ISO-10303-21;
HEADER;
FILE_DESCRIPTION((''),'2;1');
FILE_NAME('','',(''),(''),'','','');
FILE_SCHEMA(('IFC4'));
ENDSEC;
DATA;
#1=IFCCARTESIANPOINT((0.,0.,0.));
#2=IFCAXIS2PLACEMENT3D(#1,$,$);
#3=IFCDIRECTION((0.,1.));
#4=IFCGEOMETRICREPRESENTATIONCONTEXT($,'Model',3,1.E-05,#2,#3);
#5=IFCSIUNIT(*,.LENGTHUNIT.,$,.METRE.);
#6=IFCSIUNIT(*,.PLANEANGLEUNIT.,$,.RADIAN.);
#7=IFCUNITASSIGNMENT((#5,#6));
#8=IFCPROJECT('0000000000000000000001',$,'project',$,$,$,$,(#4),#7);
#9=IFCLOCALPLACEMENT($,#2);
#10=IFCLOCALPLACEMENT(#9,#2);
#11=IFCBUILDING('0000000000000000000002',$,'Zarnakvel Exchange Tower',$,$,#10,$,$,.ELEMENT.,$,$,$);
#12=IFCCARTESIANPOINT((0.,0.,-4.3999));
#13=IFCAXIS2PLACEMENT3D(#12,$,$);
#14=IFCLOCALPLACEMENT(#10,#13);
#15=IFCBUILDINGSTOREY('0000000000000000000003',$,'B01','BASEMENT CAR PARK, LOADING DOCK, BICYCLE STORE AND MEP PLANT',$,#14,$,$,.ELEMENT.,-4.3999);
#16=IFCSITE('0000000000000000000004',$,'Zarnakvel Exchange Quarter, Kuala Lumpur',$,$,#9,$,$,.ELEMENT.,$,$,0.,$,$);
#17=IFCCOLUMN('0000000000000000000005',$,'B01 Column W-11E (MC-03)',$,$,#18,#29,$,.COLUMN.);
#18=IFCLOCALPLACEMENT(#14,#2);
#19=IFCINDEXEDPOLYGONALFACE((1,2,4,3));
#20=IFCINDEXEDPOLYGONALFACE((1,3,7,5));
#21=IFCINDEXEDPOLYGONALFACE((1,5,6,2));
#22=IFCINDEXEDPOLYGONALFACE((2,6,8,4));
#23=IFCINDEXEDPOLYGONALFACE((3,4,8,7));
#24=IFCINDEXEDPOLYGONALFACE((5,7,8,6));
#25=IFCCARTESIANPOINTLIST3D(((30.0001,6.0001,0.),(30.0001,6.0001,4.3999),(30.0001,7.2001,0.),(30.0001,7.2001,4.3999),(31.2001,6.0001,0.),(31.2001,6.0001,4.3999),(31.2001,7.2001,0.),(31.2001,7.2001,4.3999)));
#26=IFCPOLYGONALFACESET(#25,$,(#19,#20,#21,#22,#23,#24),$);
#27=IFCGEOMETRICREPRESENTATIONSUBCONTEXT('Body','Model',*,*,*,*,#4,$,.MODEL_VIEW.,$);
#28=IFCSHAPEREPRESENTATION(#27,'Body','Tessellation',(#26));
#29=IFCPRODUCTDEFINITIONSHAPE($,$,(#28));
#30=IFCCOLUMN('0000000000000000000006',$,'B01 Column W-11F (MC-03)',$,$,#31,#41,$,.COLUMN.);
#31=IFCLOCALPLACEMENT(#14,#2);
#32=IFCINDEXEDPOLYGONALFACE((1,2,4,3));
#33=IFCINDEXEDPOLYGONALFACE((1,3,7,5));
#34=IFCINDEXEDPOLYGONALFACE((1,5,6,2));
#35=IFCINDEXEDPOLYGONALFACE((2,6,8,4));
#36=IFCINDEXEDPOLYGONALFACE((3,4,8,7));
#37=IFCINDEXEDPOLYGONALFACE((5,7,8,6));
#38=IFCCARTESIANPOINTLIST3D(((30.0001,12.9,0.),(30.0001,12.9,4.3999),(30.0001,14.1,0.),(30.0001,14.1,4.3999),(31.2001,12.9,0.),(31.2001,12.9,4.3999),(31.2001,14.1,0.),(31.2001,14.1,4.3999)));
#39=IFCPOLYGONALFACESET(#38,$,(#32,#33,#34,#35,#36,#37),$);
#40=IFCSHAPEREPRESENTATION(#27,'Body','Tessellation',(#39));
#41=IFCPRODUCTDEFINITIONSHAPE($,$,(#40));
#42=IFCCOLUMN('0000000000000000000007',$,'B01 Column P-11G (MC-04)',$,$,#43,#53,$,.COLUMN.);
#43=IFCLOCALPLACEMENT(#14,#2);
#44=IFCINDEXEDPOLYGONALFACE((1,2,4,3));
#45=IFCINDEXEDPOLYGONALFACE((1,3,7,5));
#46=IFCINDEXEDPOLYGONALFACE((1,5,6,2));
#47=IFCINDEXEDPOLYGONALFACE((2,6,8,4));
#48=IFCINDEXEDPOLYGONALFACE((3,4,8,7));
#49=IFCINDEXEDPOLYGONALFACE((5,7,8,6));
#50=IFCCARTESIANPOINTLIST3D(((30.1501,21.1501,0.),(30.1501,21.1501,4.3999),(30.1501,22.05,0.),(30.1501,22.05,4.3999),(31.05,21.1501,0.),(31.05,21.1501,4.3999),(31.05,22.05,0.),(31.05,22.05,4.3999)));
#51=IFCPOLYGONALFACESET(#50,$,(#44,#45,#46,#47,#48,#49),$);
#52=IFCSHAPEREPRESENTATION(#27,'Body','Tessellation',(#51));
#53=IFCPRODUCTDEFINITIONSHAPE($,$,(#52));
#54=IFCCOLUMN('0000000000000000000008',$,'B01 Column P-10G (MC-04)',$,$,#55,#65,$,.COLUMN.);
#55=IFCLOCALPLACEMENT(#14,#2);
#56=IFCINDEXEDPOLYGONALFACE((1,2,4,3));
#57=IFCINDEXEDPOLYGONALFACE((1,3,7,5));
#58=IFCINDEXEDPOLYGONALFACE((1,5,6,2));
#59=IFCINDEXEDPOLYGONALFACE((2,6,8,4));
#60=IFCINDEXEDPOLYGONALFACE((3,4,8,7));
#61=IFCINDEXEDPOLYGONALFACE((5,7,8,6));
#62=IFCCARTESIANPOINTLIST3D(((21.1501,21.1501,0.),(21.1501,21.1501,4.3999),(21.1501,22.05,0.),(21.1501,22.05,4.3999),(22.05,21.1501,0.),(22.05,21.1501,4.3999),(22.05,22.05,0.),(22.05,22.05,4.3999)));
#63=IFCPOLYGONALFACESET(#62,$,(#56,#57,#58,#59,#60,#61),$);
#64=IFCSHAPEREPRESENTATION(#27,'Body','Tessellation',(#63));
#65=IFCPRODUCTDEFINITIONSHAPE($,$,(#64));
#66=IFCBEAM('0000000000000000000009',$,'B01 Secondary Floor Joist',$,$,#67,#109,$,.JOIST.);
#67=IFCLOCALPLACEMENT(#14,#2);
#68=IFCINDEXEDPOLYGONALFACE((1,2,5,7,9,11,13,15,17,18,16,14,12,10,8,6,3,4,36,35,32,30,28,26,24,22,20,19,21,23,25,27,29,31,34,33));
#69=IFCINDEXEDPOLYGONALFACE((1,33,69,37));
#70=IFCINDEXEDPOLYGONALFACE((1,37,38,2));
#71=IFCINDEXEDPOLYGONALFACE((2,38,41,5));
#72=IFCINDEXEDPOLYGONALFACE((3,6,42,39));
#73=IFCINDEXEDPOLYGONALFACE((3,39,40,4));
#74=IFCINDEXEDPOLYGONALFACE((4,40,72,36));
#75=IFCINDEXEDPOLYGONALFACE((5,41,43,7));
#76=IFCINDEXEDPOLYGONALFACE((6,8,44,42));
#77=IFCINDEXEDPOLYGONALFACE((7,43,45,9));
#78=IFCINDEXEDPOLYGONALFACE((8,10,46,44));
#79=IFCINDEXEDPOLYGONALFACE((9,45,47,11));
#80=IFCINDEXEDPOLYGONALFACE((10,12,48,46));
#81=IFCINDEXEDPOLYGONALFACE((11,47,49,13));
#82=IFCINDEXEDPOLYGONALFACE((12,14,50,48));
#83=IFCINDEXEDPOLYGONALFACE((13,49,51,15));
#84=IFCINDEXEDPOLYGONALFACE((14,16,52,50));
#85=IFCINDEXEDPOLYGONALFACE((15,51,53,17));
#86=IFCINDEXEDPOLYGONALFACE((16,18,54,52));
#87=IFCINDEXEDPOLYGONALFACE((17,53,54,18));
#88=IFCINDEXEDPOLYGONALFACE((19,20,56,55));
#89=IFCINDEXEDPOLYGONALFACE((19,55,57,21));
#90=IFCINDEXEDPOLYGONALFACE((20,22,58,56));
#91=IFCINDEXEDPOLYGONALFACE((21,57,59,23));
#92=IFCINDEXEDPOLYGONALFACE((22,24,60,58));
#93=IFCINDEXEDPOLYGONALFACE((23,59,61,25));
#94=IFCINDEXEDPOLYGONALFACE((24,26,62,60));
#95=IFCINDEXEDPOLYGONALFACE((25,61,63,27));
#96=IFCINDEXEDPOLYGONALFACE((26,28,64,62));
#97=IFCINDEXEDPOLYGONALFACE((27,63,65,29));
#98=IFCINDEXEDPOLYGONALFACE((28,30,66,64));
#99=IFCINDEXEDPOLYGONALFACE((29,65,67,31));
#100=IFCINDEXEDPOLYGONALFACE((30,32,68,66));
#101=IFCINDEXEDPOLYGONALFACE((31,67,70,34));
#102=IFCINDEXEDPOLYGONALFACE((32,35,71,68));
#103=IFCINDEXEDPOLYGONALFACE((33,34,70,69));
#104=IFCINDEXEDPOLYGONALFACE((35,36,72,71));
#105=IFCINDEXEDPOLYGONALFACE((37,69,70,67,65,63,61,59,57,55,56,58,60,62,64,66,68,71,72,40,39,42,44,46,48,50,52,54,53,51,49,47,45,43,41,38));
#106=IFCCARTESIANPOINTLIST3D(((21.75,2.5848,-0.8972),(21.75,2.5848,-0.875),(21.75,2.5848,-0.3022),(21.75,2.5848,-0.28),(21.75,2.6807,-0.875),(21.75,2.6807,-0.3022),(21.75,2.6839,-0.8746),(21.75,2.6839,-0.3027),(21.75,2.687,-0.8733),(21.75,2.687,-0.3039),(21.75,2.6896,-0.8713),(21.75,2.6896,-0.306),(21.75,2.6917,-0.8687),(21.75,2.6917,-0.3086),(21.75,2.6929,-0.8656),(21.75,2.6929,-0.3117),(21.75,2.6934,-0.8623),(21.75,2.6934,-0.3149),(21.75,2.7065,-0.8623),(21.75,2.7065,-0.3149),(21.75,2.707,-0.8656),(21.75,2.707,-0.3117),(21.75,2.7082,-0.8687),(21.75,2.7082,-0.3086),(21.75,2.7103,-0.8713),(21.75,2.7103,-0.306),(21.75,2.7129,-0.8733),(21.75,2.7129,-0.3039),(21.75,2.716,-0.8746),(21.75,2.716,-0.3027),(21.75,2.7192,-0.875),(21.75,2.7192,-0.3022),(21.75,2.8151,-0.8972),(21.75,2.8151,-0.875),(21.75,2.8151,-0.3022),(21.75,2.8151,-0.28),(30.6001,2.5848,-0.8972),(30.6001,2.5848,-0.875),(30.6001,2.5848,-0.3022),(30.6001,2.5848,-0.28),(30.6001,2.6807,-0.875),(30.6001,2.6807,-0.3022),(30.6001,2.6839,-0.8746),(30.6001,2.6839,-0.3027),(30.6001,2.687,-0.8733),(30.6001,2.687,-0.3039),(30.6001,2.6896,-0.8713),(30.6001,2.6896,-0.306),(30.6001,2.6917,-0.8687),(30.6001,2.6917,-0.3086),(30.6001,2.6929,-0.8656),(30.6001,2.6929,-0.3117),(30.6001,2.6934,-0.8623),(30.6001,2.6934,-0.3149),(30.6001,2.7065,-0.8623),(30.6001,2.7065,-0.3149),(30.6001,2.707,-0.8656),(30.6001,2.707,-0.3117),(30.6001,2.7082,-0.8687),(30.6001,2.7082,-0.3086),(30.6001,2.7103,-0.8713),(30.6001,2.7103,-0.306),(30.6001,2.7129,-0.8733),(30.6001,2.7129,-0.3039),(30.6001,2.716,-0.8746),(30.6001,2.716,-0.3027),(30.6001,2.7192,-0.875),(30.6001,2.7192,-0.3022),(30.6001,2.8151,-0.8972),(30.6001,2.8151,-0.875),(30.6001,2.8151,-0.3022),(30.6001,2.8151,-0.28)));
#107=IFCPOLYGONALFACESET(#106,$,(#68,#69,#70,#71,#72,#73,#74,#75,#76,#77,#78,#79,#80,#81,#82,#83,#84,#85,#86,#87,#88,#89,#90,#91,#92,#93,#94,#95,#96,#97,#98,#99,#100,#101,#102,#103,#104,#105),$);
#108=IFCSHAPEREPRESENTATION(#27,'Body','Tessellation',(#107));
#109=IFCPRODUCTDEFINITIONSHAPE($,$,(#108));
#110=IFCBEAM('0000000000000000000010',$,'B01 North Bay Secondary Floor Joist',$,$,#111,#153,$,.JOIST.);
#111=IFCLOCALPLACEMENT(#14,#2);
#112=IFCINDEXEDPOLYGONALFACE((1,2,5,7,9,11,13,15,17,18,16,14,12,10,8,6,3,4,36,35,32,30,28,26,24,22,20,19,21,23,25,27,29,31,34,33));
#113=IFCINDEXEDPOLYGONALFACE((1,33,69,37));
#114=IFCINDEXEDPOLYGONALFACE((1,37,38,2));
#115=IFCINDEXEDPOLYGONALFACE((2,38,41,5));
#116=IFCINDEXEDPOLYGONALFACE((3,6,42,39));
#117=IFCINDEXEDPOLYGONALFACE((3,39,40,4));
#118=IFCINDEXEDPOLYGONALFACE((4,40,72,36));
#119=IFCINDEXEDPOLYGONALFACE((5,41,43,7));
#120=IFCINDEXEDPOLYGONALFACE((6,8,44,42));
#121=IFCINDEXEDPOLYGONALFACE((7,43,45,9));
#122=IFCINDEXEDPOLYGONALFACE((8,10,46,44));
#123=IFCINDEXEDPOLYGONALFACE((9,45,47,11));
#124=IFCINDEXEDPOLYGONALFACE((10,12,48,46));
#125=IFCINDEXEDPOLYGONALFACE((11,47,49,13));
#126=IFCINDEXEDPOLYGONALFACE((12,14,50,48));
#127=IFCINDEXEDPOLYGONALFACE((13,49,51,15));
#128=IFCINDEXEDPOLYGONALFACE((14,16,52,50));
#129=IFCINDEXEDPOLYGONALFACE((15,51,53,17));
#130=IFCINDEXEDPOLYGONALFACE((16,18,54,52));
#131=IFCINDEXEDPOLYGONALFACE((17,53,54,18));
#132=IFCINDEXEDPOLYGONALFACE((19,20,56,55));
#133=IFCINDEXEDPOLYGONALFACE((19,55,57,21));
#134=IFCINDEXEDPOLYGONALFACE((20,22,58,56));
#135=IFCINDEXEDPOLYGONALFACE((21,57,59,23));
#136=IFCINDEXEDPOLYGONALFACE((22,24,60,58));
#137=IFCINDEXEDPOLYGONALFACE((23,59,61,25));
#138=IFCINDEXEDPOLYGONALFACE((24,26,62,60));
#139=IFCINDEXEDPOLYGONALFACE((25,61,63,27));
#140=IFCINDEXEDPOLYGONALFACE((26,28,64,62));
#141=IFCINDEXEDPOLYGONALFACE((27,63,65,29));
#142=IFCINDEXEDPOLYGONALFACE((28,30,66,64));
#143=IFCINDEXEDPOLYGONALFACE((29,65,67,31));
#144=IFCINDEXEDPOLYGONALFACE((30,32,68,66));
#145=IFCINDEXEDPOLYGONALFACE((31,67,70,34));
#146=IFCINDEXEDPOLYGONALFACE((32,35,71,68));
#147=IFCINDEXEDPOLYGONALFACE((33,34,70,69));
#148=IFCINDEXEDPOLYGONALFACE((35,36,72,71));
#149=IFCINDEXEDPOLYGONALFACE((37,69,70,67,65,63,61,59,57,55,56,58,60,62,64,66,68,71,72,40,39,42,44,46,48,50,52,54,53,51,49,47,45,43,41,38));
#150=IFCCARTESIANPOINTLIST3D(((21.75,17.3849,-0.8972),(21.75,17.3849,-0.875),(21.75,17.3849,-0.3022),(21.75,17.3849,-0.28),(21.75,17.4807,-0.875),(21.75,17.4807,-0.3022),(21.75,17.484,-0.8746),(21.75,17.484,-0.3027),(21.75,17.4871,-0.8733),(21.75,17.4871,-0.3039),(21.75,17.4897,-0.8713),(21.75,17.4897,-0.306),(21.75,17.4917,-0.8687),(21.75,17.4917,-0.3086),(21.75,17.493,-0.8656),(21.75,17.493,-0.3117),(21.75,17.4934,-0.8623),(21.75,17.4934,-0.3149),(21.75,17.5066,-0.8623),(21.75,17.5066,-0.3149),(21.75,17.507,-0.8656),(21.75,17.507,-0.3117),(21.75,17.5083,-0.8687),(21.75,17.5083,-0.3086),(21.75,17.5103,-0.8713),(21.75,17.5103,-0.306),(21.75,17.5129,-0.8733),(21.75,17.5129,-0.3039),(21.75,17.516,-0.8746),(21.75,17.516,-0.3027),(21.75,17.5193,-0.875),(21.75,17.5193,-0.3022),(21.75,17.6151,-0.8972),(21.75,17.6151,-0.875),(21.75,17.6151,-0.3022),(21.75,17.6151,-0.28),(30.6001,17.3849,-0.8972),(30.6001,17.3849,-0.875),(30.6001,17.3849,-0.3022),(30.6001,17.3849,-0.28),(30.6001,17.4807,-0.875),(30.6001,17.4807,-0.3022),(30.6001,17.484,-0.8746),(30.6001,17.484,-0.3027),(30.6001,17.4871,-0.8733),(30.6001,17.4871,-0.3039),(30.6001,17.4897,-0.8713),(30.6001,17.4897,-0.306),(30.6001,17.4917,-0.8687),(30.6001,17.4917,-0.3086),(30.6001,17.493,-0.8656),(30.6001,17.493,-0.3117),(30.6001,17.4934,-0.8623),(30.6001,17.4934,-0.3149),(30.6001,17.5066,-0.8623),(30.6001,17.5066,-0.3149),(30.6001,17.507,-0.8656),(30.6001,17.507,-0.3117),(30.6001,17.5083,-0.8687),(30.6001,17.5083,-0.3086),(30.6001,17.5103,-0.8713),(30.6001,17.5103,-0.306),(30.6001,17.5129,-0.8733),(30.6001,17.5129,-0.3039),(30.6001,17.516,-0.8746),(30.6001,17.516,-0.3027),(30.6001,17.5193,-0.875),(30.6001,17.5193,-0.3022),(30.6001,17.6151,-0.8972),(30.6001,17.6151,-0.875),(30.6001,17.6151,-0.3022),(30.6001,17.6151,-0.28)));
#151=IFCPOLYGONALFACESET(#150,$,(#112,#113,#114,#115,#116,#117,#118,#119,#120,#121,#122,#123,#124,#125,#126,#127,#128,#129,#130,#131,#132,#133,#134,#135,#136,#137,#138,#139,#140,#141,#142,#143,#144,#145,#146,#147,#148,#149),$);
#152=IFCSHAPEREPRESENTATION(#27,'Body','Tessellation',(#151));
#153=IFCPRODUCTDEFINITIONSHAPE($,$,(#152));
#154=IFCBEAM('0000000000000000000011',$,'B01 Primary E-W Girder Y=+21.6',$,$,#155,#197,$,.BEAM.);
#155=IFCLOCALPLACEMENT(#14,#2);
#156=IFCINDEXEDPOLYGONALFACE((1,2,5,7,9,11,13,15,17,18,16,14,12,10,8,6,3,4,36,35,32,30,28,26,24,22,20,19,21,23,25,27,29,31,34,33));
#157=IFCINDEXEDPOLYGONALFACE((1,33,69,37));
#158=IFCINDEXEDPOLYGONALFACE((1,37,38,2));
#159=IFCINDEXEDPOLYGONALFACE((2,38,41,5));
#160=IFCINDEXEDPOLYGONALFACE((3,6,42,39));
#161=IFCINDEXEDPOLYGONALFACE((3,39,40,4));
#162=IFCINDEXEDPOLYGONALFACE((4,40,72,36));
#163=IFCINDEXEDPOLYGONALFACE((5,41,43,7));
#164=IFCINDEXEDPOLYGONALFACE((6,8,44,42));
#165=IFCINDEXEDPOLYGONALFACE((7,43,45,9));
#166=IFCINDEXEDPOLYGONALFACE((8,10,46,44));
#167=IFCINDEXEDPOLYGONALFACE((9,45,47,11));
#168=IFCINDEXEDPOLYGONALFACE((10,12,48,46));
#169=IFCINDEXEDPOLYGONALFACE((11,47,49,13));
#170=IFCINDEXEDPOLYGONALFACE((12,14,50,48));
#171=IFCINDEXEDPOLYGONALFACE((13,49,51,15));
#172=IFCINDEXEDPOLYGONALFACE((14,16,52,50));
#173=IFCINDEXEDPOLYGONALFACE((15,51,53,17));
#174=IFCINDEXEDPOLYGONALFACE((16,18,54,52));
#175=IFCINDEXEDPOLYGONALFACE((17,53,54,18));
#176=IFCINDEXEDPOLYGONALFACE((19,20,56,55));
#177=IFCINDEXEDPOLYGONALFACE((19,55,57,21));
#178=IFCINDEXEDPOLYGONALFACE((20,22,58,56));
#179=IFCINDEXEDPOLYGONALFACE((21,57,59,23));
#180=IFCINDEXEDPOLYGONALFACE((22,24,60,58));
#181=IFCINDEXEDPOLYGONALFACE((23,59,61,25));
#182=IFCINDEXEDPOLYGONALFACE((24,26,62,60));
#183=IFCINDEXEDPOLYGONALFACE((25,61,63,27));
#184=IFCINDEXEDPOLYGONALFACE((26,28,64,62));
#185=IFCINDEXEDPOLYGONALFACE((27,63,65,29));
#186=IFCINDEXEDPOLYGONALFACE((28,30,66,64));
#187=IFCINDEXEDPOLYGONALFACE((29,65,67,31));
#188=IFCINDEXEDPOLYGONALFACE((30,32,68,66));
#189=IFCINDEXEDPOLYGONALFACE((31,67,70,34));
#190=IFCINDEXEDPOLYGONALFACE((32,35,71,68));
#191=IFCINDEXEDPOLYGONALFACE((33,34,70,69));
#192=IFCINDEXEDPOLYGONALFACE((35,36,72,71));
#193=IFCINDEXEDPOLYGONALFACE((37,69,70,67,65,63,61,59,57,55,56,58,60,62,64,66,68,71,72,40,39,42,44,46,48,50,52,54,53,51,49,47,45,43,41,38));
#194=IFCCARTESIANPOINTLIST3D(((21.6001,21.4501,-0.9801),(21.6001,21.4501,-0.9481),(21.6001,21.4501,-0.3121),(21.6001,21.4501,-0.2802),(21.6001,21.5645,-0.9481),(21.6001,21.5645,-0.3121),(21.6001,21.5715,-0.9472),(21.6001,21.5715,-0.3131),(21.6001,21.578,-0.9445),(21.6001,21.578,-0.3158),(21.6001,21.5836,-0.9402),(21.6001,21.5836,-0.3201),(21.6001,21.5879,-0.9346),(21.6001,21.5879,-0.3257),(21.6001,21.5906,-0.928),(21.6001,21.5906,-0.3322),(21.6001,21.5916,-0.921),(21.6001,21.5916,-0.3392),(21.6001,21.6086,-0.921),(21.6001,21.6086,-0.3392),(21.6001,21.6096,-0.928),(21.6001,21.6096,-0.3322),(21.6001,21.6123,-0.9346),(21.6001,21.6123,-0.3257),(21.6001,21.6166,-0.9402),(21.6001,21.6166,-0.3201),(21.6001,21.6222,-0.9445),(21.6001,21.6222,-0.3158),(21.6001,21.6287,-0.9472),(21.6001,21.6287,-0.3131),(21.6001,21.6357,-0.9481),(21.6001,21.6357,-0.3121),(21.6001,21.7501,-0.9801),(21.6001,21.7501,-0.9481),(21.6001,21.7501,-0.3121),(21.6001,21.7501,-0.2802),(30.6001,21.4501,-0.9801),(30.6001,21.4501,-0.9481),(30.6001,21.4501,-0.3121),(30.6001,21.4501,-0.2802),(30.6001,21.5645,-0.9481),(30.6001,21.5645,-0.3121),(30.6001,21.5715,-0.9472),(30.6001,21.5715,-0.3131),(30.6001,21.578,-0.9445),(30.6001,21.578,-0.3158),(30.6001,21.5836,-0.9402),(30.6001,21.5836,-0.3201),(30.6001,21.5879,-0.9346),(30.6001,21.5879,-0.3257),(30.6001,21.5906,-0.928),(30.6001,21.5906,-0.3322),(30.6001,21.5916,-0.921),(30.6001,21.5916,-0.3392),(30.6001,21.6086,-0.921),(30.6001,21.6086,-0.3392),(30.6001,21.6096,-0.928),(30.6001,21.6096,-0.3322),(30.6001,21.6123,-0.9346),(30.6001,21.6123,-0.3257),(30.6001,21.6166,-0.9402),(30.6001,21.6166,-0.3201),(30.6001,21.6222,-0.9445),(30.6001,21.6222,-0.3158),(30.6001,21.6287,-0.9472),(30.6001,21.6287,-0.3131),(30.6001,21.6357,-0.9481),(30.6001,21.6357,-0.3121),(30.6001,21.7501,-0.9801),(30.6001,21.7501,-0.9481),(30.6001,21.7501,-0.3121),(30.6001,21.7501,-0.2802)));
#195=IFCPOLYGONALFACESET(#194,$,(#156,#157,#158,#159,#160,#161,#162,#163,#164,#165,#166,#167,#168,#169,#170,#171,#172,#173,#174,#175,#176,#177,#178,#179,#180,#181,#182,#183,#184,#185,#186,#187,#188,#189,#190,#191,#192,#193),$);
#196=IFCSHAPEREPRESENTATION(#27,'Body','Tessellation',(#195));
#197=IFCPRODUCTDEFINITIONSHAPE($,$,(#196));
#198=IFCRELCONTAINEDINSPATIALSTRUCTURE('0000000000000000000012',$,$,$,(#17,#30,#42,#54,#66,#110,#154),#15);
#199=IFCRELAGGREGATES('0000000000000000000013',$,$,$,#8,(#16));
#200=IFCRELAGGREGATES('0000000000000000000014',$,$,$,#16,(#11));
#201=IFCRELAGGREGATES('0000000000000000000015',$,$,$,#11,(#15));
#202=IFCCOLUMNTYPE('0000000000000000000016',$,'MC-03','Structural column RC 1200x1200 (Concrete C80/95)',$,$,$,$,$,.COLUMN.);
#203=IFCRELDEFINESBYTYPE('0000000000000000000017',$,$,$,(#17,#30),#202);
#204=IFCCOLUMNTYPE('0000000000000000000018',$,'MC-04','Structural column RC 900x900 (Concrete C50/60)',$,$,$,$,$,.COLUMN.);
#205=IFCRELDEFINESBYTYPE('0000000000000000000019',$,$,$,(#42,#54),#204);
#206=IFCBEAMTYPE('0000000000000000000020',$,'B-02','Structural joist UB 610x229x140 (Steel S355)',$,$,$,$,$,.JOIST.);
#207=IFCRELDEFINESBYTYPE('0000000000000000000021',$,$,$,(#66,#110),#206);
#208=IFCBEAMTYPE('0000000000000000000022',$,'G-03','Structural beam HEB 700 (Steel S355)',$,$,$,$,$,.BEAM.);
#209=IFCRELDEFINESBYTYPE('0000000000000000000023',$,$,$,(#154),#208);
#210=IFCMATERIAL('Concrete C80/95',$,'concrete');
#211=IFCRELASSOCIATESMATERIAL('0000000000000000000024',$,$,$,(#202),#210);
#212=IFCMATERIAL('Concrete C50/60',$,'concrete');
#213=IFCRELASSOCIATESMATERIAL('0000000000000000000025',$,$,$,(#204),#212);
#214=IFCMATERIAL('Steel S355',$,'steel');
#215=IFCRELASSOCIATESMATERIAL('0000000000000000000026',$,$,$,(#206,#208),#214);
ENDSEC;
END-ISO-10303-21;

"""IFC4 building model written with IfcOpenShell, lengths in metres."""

from ifc_helpers import new_model, si_unit, direction, frame, origin, origin_2d, place, context, subcontext, project, spatial, rectangle, i_section, extrude, material, material_profile, profile_set, type_object, element, save


model = new_model("IFC4")

# Units and contexts
model_context = context("Model", 3, precision=1e-05, world=origin(), true_north=direction((0.0, 1.0)))
body_context = subcontext(model_context, "Body", "Model", "MODEL_VIEW")
ifc_project = project(units=[si_unit("LENGTHUNIT", "METRE"), si_unit("PLANEANGLEUNIT", "RADIAN")], contexts=[model_context])

# Site, building, storey
site_placement = place(None, origin())
site = spatial("IfcSite", under=ifc_project, at=site_placement, Name="Zarnakvel Exchange Quarter, Kuala Lumpur", CompositionType="ELEMENT", RefElevation=0.0)
building_placement = place(site_placement, origin())
building = spatial("IfcBuilding", under=site, at=building_placement, Name="Zarnakvel Exchange Tower", CompositionType="ELEMENT")
storey_placement = place(building_placement, frame((0.0, 0.0, -4.3999)))
storey = spatial("IfcBuildingStorey", under=building, at=storey_placement, Name="B01", Description="BASEMENT CAR PARK, LOADING DOCK, BICYCLE STORE AND MEP PLANT", CompositionType="ELEMENT", Elevation=-4.3999)

# Columns
ifc_material_1 = material(Name="Concrete C80/95", Category="concrete")
ifc_material_profile_1 = material_profile(ifc_material_1, rectangle(XDim=1.2, YDim=1.2, at=origin_2d()))
ifc_profile_set_1 = profile_set([ifc_material_profile_1], Name="Concrete C80/95")
column_type_1 = type_object("IfcColumnType", Name="MC-03", Description="Structural column RC 1200x1200 (Concrete C80/95)", PredefinedType="COLUMN", material=ifc_profile_set_1)
for number, where, z_axis, x_axis, name in (
    (1, (30.6001, 6.6001, 0.0), (0.0, 0.0, 1.0), (1.0, 0.0, 0.0), "B01 Column W-11E (MC-03)"),
    (2, (30.6001, 13.5, 0.0), (0.0, 0.0, 1.0), (1.0, 0.0, 0.0), "B01 Column W-11F (MC-03)"),
):
    element("IfcColumn", number, at=place(storey_placement, frame(where, z_axis=z_axis, x_axis=x_axis)), inside=storey, type_object=column_type_1, Name=name, PredefinedType="COLUMN", context=body_context, shape_type="SweptSolid", body=[
        extrude(rectangle(XDim=1.2, YDim=1.2, at=origin_2d()), origin(), (0.0, 0.0, 1.0), 4.3999),
    ])
ifc_material_2 = material(Name="Concrete C50/60", Category="concrete")
ifc_material_profile_2 = material_profile(ifc_material_2, rectangle(XDim=0.8999, YDim=0.8999, at=origin_2d()))
ifc_profile_set_2 = profile_set([ifc_material_profile_2], Name="Concrete C50/60")
column_type_2 = type_object("IfcColumnType", Name="MC-04", Description="Structural column RC 900x900 (Concrete C50/60)", PredefinedType="COLUMN", material=ifc_profile_set_2)
for number, where, z_axis, x_axis, name in (
    (3, (30.6001, 21.6001, 0.0), (0.0, 0.0, 1.0), (1.0, 0.0, 0.0), "B01 Column P-11G (MC-04)"),
    (4, (21.6001, 21.6001, 0.0), (0.0, 0.0, 1.0), (1.0, 0.0, 0.0), "B01 Column P-10G (MC-04)"),
):
    element("IfcColumn", number, at=place(storey_placement, frame(where, z_axis=z_axis, x_axis=x_axis)), inside=storey, type_object=column_type_2, Name=name, PredefinedType="COLUMN", context=body_context, shape_type="SweptSolid", body=[
        extrude(rectangle(XDim=0.8999, YDim=0.8999, at=origin_2d()), origin(), (0.0, 0.0, 1.0), 4.3999),
    ])

# Beams
ifc_material_3 = material(Name="Steel S355", Category="steel")
ifc_material_profile_3 = material_profile(ifc_material_3, i_section(OverallWidth=0.2302, OverallDepth=0.6172, WebThickness=0.0132, FlangeThickness=0.0222, FilletRadius=0.0127, at=origin_2d()))
ifc_profile_set_3 = profile_set([ifc_material_profile_3], Name="Steel S355")
beam_type_1 = type_object("IfcBeamType", Name="B-02", Description="Structural joist UB 610x229x140 (Steel S355)", PredefinedType="JOIST", material=ifc_profile_set_3)
for number, where, z_axis, x_axis, name in (
    (5, (21.75, 2.7, -0.5886), (1.0, 0.0, 0.0), (0.0, 1.0, 0.0), "B01 Secondary Floor Joist"),
    (6, (21.75, 17.5, -0.5886), (1.0, 0.0, 0.0), (0.0, 1.0, 0.0), "B01 North Bay Secondary Floor Joist"),
):
    element("IfcBeam", number, at=place(storey_placement, frame(where, z_axis=z_axis, x_axis=x_axis)), inside=storey, type_object=beam_type_1, Name=name, PredefinedType="JOIST", context=body_context, shape_type="SweptSolid", body=[
        extrude(i_section(OverallWidth=0.2302, OverallDepth=0.6172, WebThickness=0.0132, FlangeThickness=0.0222, FilletRadius=0.0127, at=origin_2d()), origin(), (0.0, 0.0, 1.0), 8.8501),
    ])
ifc_material_profile_4 = material_profile(ifc_material_3, i_section(OverallWidth=0.3, OverallDepth=0.7, WebThickness=0.0171, FlangeThickness=0.032, FilletRadius=0.0271, at=origin_2d()))
ifc_profile_set_4 = profile_set([ifc_material_profile_4], Name="Steel S355")
beam_type_2 = type_object("IfcBeamType", Name="G-03", Description="Structural beam HEB 700 (Steel S355)", PredefinedType="BEAM", material=ifc_profile_set_4)
beam_1_placement = place(storey_placement, frame((21.6001, 21.6001, -0.6301), z_axis=(1.0, 0.0, 0.0), x_axis=(0.0, 1.0, 0.0)))
element("IfcBeam", 7, at=beam_1_placement, inside=storey, type_object=beam_type_2, Name="B01 Primary E-W Girder Y=+21.6", PredefinedType="BEAM", context=body_context, shape_type="SweptSolid", body=[
    extrude(i_section(OverallWidth=0.3, OverallDepth=0.7, WebThickness=0.0171, FlangeThickness=0.032, FilletRadius=0.0271, at=origin_2d()), origin(), (0.0, 0.0, 1.0), 9.0),
])

save(model, "model.ifc")
